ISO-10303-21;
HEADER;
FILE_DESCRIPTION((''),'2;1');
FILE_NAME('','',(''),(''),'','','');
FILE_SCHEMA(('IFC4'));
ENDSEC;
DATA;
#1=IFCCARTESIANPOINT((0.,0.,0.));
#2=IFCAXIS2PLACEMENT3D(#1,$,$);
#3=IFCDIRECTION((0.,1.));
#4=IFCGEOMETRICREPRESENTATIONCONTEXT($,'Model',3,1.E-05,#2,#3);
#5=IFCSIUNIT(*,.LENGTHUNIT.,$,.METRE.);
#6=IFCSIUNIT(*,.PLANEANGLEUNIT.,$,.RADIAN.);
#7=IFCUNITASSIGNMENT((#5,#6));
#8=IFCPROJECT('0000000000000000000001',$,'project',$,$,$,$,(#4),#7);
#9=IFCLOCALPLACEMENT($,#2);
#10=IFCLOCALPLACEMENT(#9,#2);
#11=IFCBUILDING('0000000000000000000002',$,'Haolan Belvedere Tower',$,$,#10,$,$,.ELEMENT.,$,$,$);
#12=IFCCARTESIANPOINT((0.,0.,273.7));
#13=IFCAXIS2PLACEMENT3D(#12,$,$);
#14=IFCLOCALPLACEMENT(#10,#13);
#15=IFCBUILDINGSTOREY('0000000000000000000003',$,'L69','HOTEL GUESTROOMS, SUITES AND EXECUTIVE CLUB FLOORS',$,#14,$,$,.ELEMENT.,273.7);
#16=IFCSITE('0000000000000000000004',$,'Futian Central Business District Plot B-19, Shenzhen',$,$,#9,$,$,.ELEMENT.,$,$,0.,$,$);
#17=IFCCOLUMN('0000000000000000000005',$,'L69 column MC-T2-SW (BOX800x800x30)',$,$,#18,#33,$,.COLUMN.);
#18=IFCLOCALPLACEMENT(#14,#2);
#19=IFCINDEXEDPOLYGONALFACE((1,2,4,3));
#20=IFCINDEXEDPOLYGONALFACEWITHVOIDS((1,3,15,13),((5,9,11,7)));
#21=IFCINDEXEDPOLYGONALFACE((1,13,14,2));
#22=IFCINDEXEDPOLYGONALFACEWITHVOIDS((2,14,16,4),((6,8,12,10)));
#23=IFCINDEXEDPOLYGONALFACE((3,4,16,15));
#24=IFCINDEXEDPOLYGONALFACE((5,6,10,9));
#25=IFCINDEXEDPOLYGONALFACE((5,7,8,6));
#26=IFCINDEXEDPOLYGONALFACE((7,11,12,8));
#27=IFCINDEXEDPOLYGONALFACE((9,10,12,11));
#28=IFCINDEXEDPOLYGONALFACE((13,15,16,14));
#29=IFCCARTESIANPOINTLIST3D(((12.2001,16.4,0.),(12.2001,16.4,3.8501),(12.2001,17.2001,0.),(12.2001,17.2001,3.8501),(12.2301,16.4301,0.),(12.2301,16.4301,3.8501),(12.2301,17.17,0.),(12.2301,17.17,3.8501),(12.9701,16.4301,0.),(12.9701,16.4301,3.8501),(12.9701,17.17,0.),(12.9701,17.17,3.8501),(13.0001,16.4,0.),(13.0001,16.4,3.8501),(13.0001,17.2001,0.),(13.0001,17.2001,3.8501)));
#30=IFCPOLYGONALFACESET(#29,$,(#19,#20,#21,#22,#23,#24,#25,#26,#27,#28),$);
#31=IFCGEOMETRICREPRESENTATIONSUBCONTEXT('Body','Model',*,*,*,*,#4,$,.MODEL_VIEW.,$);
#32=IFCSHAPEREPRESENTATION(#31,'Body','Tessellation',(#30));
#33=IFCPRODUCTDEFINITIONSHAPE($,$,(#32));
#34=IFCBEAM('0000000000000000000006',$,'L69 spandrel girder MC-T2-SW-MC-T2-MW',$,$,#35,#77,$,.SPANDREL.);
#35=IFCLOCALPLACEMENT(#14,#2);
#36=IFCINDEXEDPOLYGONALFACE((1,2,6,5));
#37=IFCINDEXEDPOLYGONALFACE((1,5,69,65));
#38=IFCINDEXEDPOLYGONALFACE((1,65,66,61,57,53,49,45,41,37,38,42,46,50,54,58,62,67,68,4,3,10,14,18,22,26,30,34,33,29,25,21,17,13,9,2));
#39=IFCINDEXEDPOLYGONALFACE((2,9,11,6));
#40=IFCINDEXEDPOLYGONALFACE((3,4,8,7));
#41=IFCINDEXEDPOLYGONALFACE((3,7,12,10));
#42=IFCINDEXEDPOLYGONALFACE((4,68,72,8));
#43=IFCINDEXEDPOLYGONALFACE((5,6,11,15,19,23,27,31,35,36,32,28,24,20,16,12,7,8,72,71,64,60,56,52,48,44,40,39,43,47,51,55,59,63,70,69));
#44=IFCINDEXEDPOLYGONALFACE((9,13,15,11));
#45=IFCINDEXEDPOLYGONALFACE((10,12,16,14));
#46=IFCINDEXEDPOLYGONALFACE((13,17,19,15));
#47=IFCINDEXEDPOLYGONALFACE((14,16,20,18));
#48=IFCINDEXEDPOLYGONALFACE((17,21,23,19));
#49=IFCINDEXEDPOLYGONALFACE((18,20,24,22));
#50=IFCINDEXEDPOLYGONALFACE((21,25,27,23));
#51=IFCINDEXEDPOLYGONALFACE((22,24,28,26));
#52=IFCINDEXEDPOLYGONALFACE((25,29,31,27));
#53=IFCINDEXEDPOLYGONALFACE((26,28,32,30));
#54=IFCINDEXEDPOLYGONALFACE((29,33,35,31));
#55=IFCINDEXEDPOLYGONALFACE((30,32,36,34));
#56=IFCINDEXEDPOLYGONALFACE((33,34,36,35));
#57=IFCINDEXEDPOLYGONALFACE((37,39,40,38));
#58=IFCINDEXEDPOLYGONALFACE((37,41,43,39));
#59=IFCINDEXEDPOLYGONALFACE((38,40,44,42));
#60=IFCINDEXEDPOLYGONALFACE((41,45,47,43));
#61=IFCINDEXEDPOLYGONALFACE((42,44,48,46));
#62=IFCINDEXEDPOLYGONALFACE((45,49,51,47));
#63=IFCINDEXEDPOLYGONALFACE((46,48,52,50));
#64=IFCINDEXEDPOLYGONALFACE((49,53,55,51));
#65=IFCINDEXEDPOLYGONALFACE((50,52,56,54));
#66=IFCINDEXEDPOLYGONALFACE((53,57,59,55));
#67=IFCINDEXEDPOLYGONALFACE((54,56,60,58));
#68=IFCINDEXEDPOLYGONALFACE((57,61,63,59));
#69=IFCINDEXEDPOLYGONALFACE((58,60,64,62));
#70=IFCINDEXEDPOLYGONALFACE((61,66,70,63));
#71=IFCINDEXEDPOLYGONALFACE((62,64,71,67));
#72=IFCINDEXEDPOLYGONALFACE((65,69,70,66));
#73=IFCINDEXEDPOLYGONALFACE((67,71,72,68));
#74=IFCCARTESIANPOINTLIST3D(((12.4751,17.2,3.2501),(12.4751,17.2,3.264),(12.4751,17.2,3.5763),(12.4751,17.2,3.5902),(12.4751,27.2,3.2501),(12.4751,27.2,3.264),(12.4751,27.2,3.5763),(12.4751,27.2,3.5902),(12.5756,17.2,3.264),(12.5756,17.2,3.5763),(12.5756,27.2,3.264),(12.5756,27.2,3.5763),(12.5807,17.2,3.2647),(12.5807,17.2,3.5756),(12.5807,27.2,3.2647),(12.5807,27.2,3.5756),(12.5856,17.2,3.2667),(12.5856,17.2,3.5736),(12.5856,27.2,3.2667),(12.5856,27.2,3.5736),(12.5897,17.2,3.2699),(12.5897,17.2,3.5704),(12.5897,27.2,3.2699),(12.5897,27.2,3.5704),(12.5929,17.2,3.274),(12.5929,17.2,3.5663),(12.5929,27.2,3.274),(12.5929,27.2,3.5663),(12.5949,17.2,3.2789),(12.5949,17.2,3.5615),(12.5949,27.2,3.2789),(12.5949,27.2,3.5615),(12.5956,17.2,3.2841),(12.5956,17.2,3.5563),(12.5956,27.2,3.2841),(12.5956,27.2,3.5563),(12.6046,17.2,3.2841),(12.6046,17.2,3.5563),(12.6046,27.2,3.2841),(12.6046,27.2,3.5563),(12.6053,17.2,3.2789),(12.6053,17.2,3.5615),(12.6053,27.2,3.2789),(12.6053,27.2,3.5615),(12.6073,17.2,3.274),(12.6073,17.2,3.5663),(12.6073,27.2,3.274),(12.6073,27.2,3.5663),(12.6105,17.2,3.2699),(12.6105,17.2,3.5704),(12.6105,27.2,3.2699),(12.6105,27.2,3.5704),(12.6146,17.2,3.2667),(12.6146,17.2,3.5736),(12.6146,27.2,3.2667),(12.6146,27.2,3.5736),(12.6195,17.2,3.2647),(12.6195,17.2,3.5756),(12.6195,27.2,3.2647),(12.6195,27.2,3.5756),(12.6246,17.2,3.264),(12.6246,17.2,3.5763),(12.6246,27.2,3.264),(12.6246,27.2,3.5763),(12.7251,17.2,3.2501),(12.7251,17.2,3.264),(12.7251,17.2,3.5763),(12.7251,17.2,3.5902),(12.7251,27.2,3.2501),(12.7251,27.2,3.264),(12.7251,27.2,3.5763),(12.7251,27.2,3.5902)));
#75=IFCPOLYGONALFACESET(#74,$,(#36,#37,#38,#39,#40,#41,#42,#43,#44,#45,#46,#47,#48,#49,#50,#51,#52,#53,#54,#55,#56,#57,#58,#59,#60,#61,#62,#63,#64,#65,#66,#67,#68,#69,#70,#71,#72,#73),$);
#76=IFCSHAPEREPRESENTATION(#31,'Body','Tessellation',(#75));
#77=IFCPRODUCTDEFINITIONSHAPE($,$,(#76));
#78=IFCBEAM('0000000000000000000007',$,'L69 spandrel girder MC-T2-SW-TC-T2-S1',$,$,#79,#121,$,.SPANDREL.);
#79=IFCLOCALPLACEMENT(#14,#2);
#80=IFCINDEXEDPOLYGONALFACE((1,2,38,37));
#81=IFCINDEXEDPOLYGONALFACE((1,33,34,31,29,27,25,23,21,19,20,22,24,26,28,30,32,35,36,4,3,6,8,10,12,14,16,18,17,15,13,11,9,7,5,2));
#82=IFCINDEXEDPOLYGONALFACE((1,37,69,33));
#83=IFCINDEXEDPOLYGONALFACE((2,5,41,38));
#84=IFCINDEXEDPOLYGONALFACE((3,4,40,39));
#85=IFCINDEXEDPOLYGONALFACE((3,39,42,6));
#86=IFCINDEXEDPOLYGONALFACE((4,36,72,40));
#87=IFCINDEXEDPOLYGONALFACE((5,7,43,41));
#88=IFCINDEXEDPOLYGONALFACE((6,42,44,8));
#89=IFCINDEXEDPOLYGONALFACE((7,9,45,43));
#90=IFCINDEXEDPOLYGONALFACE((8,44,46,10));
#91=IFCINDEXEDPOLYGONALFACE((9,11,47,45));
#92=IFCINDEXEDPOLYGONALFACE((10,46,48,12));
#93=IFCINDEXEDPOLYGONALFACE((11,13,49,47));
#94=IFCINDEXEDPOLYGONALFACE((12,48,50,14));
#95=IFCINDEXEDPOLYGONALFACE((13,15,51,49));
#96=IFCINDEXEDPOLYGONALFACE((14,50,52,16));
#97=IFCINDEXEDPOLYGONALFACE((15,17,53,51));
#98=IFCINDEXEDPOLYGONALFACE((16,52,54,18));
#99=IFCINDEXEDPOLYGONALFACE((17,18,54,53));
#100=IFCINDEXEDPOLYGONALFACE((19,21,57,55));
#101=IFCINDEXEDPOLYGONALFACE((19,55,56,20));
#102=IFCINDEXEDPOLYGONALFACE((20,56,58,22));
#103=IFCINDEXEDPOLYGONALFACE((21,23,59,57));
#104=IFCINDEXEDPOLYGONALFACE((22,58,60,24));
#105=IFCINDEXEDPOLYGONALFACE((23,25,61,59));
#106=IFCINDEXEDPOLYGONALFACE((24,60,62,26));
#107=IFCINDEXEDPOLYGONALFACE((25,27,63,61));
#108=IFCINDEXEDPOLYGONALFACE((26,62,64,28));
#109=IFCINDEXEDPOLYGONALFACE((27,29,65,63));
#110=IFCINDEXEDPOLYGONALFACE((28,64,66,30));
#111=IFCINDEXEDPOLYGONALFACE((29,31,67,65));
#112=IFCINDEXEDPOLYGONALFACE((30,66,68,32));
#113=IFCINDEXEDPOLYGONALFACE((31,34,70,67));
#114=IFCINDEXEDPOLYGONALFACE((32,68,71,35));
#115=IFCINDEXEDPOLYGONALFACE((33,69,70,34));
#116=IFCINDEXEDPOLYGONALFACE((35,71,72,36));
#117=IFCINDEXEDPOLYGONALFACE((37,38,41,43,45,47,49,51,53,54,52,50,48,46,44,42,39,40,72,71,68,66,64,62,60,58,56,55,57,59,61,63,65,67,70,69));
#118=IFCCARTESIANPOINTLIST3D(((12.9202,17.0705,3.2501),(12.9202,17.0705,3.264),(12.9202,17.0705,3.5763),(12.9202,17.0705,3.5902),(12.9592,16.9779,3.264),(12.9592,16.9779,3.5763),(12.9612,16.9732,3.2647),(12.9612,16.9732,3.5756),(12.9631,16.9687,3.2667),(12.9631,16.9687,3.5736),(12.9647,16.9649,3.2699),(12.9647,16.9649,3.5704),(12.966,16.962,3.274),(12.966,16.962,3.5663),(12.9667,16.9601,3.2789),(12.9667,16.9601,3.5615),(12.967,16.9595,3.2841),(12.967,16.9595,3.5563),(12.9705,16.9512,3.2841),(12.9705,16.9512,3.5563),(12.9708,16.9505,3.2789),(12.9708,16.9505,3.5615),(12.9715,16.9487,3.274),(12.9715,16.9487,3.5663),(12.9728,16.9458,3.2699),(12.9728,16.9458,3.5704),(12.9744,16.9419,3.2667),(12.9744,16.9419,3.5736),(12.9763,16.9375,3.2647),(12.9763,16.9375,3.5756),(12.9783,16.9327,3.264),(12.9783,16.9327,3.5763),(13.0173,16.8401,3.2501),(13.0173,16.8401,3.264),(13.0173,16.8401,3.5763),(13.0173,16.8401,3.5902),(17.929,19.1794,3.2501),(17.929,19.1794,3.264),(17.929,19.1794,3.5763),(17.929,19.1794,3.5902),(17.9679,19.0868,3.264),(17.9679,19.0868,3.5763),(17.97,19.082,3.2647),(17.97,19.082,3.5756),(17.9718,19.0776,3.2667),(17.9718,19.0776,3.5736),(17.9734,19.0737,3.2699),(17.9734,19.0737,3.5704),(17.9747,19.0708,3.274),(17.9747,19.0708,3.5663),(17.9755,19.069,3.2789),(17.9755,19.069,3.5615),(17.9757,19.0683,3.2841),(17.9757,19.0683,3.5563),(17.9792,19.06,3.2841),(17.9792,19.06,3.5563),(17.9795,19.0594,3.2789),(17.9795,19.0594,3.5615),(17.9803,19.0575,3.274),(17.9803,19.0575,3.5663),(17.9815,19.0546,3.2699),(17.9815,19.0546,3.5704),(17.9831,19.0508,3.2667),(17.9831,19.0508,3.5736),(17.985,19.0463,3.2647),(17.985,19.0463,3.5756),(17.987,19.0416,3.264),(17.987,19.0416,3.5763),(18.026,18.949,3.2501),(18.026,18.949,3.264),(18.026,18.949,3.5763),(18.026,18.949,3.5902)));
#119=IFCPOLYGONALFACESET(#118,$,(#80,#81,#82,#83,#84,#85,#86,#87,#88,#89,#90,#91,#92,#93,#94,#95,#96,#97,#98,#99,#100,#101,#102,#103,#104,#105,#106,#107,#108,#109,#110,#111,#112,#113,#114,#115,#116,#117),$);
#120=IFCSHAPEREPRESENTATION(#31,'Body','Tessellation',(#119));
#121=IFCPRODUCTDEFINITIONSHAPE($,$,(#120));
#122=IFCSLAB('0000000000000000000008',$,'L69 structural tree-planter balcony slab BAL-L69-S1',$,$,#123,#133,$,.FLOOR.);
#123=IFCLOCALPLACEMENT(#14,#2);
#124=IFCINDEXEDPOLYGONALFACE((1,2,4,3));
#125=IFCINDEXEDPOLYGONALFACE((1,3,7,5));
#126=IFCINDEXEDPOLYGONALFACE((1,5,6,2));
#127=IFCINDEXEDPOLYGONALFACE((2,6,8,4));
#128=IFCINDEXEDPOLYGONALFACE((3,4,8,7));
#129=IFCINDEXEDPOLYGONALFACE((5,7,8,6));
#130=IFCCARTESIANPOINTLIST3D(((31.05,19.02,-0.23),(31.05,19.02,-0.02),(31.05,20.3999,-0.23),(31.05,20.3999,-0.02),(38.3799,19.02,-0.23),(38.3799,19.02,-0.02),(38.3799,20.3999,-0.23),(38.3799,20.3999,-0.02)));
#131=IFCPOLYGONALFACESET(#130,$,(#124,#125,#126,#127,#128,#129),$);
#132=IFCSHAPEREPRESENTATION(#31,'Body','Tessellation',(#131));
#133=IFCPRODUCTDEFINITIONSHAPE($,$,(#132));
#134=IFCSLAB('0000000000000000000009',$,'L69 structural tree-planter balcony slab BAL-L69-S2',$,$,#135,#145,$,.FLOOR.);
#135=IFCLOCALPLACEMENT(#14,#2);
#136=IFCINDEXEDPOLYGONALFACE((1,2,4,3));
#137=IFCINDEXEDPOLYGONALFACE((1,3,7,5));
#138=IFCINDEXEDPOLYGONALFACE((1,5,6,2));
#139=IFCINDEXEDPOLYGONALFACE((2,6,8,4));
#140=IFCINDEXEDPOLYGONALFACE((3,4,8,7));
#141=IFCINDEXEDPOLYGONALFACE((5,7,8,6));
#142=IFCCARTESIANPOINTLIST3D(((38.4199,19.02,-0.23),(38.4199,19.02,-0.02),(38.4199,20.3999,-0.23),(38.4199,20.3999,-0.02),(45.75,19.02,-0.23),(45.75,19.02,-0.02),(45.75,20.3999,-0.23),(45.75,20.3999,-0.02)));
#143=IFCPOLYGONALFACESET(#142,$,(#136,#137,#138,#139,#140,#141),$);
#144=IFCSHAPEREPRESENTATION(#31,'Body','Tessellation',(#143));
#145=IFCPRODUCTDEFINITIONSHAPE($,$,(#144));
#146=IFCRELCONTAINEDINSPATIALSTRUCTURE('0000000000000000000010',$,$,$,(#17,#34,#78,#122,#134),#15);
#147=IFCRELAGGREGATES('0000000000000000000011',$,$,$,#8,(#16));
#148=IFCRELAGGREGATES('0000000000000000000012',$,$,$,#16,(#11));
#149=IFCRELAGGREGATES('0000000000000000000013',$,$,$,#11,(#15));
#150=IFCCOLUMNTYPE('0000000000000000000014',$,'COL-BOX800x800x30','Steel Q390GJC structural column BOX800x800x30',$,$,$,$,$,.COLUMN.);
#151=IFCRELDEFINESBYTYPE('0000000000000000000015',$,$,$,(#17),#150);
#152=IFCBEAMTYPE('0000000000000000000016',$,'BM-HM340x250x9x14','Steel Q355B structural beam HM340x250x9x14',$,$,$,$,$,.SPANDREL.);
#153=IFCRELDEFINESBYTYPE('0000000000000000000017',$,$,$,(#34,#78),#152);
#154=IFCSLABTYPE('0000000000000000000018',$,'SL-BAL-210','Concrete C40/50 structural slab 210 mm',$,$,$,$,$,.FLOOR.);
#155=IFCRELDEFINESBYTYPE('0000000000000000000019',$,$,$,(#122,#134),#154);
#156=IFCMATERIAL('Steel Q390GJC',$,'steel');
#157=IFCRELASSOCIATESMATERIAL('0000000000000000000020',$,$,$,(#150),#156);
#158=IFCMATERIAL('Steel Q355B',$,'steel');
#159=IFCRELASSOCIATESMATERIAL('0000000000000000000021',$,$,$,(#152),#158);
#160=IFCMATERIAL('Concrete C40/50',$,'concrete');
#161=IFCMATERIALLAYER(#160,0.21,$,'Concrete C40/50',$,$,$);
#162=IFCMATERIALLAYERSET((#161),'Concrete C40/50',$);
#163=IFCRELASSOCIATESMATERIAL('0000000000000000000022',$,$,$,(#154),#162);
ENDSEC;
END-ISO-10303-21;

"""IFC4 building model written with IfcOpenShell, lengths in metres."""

from ifc_helpers import new_model, si_unit, direction, frame, origin, origin_2d, place, context, subcontext, project, spatial, polyline, hollow_rectangle, i_section, outline, extrude, material, layer, layer_set, material_profile, profile_set, type_object, element, save


model = new_model("IFC4")

# Units and contexts
model_context = context("Model", 3, precision=1e-05, world=origin(), true_north=direction((0.0, 1.0)))
body_context = subcontext(model_context, "Body", "Model", "MODEL_VIEW")
ifc_project = project(units=[si_unit("LENGTHUNIT", "METRE"), si_unit("PLANEANGLEUNIT", "RADIAN")], contexts=[model_context])

# Site, building, storey
site_placement = place(None, origin())
site = spatial("IfcSite", under=ifc_project, at=site_placement, Name="Futian Central Business District Plot B-19, Shenzhen", CompositionType="ELEMENT", RefElevation=0.0)
building_placement = place(site_placement, origin())
building = spatial("IfcBuilding", under=site, at=building_placement, Name="Haolan Belvedere Tower", CompositionType="ELEMENT")
storey_placement = place(building_placement, frame((0.0, 0.0, 273.7)))
storey = spatial("IfcBuildingStorey", under=building, at=storey_placement, Name="L69", Description="HOTEL GUESTROOMS, SUITES AND EXECUTIVE CLUB FLOORS", CompositionType="ELEMENT", Elevation=273.7)

# Column
ifc_material_1 = material(Name="Steel Q390GJC", Category="steel")
ifc_material_profile_1 = material_profile(ifc_material_1, hollow_rectangle(XDim=0.8, YDim=0.8, WallThickness=0.03, at=origin_2d()), Name="Steel Q390GJC")
ifc_profile_set_1 = profile_set([ifc_material_profile_1], Name="Steel Q390GJC")
column_type = type_object("IfcColumnType", Name="COL-BOX800x800x30", Description="Steel Q390GJC structural column BOX800x800x30", PredefinedType="COLUMN", material=ifc_profile_set_1)
column_placement = place(storey_placement, frame((12.6001, 16.8, 0.0), z_axis=(0.0, 0.0, 1.0), x_axis=(1.0, 0.0, 0.0)))
element("IfcColumn", 1, at=column_placement, inside=storey, type_object=column_type, Name="L69 column MC-T2-SW (BOX800x800x30)", PredefinedType="COLUMN", context=body_context, shape_type="SweptSolid", body=[
    extrude(hollow_rectangle(XDim=0.8, YDim=0.8, WallThickness=0.03, at=origin_2d()), origin(), (0.0, 0.0, 1.0), 3.8501),
])

# Beams
ifc_material_2 = material(Name="Steel Q355B", Category="steel")
ifc_material_profile_2 = material_profile(ifc_material_2, i_section(OverallWidth=0.25, OverallDepth=0.3401, WebThickness=0.009, FlangeThickness=0.0139, FilletRadius=0.02, at=origin_2d()), Name="Steel Q355B")
ifc_profile_set_2 = profile_set([ifc_material_profile_2], Name="Steel Q355B")
beam_type = type_object("IfcBeamType", Name="BM-HM340x250x9x14", Description="Steel Q355B structural beam HM340x250x9x14", PredefinedType="SPANDREL", material=ifc_profile_set_2)
beam_1_placement = place(storey_placement, frame((12.6001, 17.2, 3.4202), z_axis=(0.0, 1.0, 0.0), x_axis=(-1.0, 0.0, 0.0)))
element("IfcBeam", 2, at=beam_1_placement, inside=storey, type_object=beam_type, Name="L69 spandrel girder MC-T2-SW-MC-T2-MW", PredefinedType="SPANDREL", context=body_context, shape_type="SweptSolid", body=[
    extrude(i_section(OverallWidth=0.25, OverallDepth=0.3401, WebThickness=0.009, FlangeThickness=0.0139, FilletRadius=0.02, at=origin_2d()), origin(), (0.0, 0.0, 1.0), 10.0),
])
beam_2_placement = place(storey_placement, frame((12.9688, 16.9553, 3.4202), z_axis=(0.92164, 0.388045, 0.0), x_axis=(-0.388045, 0.92164, 0.0)))
element("IfcBeam", 3, at=beam_2_placement, inside=storey, type_object=beam_type, Name="L69 spandrel girder MC-T2-SW-TC-T2-S1", PredefinedType="SPANDREL", context=body_context, shape_type="SweptSolid", body=[
    extrude(i_section(OverallWidth=0.25, OverallDepth=0.3401, WebThickness=0.009, FlangeThickness=0.0139, FilletRadius=0.02, at=origin_2d()), origin(), (0.0, 0.0, 1.0), 5.4346),
])

# Slabs
ifc_material_3 = material(Name="Concrete C40/50", Category="concrete")
ifc_layer_1 = layer(ifc_material_3, 0.21, Name="Concrete C40/50")
ifc_layer_set_1 = layer_set([ifc_layer_1], Name="Concrete C40/50")
slab_type_1 = type_object("IfcSlabType", Name="SL-BAL-210", Description="Concrete C40/50 structural slab 210 mm", PredefinedType="FLOOR", material=ifc_layer_set_1)
slab_1_placement = place(storey_placement, frame((0.0, 0.0, -0.23)))
element("IfcSlab", 4, at=slab_1_placement, inside=storey, type_object=slab_type_1, Name="L69 structural tree-planter balcony slab BAL-L69-S1", PredefinedType="FLOOR", context=body_context, shape_type="SweptSolid", body=[
    extrude(outline(polyline([(31.05, 19.02), (38.3799, 19.02), (38.3799, 20.3999), (31.05, 20.3999), (31.05, 19.02)])), origin(), (0.0, 0.0, 1.0), 0.21),
])
slab_2_placement = place(storey_placement, frame((0.0, 0.0, -0.23)))
element("IfcSlab", 5, at=slab_2_placement, inside=storey, type_object=slab_type_1, Name="L69 structural tree-planter balcony slab BAL-L69-S2", PredefinedType="FLOOR", context=body_context, shape_type="SweptSolid", body=[
    extrude(outline(polyline([(38.4199, 19.02), (45.75, 19.02), (45.75, 20.3999), (38.4199, 20.3999), (38.4199, 19.02)])), origin(), (0.0, 0.0, 1.0), 0.21),
])

save(model, "model.ifc")
